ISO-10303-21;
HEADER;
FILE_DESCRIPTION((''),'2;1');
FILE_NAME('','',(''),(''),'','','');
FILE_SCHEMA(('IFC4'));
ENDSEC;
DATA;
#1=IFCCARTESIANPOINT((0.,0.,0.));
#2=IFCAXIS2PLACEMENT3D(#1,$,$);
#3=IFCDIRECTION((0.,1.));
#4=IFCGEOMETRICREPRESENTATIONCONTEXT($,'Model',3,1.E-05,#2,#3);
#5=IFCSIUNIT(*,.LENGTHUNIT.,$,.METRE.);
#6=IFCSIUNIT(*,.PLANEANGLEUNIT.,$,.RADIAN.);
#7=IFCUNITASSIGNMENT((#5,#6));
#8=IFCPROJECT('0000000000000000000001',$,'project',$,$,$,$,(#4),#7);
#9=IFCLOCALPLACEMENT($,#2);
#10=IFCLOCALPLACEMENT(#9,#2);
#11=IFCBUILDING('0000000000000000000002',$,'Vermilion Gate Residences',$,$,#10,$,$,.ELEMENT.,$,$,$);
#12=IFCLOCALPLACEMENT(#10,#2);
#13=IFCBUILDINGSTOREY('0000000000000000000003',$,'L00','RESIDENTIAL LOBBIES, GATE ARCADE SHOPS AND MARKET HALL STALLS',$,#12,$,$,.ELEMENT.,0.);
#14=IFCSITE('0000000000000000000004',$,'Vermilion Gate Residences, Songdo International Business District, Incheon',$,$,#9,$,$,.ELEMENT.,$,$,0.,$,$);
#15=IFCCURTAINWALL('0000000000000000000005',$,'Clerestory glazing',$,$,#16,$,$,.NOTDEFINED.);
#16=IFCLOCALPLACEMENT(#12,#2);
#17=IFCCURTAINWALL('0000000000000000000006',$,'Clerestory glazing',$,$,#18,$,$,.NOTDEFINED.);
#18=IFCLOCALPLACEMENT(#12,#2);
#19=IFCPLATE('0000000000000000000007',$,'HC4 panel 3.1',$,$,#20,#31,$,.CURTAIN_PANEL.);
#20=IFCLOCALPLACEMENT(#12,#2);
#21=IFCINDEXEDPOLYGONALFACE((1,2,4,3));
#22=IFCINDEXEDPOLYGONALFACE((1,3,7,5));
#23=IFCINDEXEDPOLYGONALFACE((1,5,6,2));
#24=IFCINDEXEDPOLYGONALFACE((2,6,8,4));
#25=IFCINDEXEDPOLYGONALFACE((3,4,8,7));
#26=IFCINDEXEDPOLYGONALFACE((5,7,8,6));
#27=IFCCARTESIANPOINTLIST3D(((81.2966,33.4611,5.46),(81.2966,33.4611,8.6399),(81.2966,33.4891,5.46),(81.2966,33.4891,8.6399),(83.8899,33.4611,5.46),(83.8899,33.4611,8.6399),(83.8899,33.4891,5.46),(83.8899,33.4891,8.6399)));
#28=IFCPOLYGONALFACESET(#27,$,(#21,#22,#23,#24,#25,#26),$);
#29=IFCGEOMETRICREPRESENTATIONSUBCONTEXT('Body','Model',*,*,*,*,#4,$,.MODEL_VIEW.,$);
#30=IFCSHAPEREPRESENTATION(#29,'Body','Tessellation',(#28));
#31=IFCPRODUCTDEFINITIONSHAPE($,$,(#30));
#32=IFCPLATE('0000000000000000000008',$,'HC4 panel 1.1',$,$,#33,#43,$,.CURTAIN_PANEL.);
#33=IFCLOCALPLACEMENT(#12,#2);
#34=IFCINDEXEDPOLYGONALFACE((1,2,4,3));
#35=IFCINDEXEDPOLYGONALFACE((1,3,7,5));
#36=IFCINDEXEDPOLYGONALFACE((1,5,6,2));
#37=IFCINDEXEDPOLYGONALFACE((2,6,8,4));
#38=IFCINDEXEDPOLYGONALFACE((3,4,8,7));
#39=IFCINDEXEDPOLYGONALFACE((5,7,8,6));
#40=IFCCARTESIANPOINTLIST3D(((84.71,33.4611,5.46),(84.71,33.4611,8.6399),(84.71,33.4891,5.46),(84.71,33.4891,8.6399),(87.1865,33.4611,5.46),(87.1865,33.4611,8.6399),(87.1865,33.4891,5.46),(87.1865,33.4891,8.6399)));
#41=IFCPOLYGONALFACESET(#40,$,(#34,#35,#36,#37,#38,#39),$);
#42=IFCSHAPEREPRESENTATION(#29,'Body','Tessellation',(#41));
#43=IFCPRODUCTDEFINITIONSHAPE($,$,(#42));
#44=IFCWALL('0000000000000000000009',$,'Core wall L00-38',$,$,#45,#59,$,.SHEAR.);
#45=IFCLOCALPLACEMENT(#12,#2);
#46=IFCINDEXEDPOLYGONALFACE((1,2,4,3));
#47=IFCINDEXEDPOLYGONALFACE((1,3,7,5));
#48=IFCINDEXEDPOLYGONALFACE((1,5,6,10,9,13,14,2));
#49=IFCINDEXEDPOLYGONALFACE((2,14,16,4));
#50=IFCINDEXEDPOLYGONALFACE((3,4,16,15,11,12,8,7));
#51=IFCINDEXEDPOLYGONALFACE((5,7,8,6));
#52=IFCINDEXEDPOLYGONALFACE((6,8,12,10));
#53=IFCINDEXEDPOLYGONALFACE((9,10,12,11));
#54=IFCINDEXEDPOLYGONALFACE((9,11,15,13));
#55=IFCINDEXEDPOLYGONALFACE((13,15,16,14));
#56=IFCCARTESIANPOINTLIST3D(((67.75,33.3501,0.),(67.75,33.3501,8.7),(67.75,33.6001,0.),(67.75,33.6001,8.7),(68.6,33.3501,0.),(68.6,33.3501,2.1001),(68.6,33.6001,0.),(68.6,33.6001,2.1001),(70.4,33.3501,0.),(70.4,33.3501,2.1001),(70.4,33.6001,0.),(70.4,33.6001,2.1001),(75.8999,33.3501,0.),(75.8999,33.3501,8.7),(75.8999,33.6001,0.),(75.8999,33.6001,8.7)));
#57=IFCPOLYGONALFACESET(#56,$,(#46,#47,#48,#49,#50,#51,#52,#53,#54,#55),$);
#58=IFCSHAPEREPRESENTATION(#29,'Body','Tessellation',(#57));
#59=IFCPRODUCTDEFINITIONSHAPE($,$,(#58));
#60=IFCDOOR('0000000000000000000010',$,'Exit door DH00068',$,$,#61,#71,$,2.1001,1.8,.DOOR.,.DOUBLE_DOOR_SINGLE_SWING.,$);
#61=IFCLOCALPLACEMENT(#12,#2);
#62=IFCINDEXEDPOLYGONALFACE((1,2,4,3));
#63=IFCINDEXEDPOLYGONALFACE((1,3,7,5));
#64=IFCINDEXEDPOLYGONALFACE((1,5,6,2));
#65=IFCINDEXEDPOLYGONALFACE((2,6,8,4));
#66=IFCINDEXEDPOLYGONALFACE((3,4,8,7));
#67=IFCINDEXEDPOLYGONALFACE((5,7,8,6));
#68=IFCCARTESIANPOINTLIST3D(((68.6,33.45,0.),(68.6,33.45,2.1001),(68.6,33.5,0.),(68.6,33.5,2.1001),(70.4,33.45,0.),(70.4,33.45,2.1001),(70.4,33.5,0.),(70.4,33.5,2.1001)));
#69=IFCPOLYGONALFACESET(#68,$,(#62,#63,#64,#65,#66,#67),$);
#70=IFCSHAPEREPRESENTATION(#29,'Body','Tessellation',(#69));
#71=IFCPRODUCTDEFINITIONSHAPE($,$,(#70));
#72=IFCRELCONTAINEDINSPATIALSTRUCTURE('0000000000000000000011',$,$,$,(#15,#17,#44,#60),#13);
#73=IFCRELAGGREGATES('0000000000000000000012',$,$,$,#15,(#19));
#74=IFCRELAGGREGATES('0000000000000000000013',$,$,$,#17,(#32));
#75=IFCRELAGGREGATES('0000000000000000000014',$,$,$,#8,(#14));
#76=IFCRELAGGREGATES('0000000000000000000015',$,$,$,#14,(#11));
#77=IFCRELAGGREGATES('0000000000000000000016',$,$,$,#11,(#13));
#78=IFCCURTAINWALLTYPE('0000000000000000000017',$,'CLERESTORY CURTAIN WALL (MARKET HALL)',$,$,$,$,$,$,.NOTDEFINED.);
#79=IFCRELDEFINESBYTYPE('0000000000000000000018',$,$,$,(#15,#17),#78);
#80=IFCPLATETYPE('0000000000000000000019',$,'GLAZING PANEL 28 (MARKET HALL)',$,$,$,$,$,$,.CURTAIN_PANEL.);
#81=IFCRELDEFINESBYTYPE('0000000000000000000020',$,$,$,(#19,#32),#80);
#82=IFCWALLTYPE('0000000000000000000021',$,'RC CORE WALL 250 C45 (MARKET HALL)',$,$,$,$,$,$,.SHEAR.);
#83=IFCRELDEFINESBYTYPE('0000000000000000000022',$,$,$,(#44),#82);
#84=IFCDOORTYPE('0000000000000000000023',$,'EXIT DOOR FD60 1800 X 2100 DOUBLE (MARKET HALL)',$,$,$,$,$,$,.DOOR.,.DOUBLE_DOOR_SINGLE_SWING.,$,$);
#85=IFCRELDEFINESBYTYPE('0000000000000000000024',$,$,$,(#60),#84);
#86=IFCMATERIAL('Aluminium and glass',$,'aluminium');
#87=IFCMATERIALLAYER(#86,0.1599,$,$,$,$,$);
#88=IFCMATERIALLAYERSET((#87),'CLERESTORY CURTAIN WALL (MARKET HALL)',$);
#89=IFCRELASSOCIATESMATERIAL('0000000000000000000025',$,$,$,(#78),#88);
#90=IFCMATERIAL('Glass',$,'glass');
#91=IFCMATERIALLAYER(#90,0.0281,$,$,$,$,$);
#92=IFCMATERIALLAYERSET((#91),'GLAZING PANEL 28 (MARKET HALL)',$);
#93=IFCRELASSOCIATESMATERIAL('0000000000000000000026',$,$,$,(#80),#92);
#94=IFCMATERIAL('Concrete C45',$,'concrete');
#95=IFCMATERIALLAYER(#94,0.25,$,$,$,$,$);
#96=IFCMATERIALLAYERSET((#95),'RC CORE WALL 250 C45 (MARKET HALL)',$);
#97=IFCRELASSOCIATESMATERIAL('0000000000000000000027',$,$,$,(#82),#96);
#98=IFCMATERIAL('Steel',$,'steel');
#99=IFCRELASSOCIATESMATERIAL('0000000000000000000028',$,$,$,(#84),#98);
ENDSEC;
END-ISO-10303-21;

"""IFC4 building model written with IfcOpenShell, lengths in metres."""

from ifc_helpers import new_model, si_unit, direction, frame, frame_2d, origin, origin_2d, place, context, subcontext, project, spatial, rectangle, extrude, material, layer, layer_set, type_object, element, fill, aggregate, save


model = new_model("IFC4")

# Units and contexts
model_context = context("Model", 3, precision=1e-05, world=origin(), true_north=direction((0.0, 1.0)))
body_context = subcontext(model_context, "Body", "Model", "MODEL_VIEW")
ifc_project = project(units=[si_unit("LENGTHUNIT", "METRE"), si_unit("PLANEANGLEUNIT", "RADIAN")], contexts=[model_context])

# Site, building, storey
site_placement = place(None, origin())
site = spatial("IfcSite", under=ifc_project, at=site_placement, Name="Vermilion Gate Residences, Songdo International Business District, Incheon", CompositionType="ELEMENT", RefElevation=0.0)
building_placement = place(site_placement, origin())
building = spatial("IfcBuilding", under=site, at=building_placement, Name="Vermilion Gate Residences", CompositionType="ELEMENT")
storey_placement = place(building_placement, origin())
storey = spatial("IfcBuildingStorey", under=building, at=storey_placement, Name="L00", Description="RESIDENTIAL LOBBIES, GATE ARCADE SHOPS AND MARKET HALL STALLS", CompositionType="ELEMENT", Elevation=0.0)

# Curtain wall
ifc_material_1 = material(Name="Aluminium and glass", Category="aluminium")
ifc_layer_1 = layer(ifc_material_1, 0.1599)
ifc_layer_set_1 = layer_set([ifc_layer_1], Name="CLERESTORY CURTAIN WALL (MARKET HALL)")
curtain_wall_type = type_object("IfcCurtainWallType", Name="CLERESTORY CURTAIN WALL (MARKET HALL)", PredefinedType="NOTDEFINED", material=ifc_layer_set_1)
curtain_wall_1_placement = place(storey_placement, origin())
curtain_wall_1 = element("IfcCurtainWall", 1, at=curtain_wall_1_placement, inside=storey, type_object=curtain_wall_type, Name="Clerestory glazing", PredefinedType="NOTDEFINED")

# Curtain wall
curtain_wall_2_placement = place(storey_placement, origin())
curtain_wall_2 = element("IfcCurtainWall", 2, at=curtain_wall_2_placement, inside=storey, type_object=curtain_wall_type, Name="Clerestory glazing", PredefinedType="NOTDEFINED")

# Plates
ifc_material_2 = material(Name="Glass", Category="glass")
ifc_layer_2 = layer(ifc_material_2, 0.0281)
ifc_layer_set_2 = layer_set([ifc_layer_2], Name="GLAZING PANEL 28 (MARKET HALL)")
plate_type = type_object("IfcPlateType", Name="GLAZING PANEL 28 (MARKET HALL)", PredefinedType="CURTAIN_PANEL", material=ifc_layer_set_2)
plate_1_placement = place(storey_placement, frame((82.5933, 33.4751, 5.46), z_axis=(0.0, 0.0, 1.0), x_axis=(1.0, 0.0, 0.0)))
plate_1 = element("IfcPlate", 3, at=plate_1_placement, type_object=plate_type, Name="HC4 panel 3.1", PredefinedType="CURTAIN_PANEL", context=body_context, shape_type="SweptSolid", body=[
    extrude(rectangle(XDim=2.5933, YDim=0.0281, at=origin_2d()), origin(), (0.0, 0.0, 1.0), 3.1799),
])
aggregate(curtain_wall_1, [plate_1])
plate_2_placement = place(storey_placement, frame((85.9482, 33.4751, 5.46), z_axis=(0.0, 0.0, 1.0), x_axis=(1.0, 0.0, 0.0)))
plate_2 = element("IfcPlate", 4, at=plate_2_placement, type_object=plate_type, Name="HC4 panel 1.1", PredefinedType="CURTAIN_PANEL", context=body_context, shape_type="SweptSolid", body=[
    extrude(rectangle(XDim=2.4766, YDim=0.0281, at=origin_2d()), origin(), (0.0, 0.0, 1.0), 3.1799),
])
aggregate(curtain_wall_2, [plate_2])

# Wall, opening, door
ifc_material_3 = material(Name="Concrete C45", Category="concrete")
ifc_layer_3 = layer(ifc_material_3, 0.25)
ifc_layer_set_3 = layer_set([ifc_layer_3], Name="RC CORE WALL 250 C45 (MARKET HALL)")
wall_type_1 = type_object("IfcWallType", Name="RC CORE WALL 250 C45 (MARKET HALL)", PredefinedType="SHEAR", material=ifc_layer_set_3)
wall_1_placement = place(storey_placement, frame((67.75, 33.4751, 0.0), z_axis=(0.0, 0.0, 1.0), x_axis=(1.0, 0.0, 0.0)))
wall_1 = element("IfcWall", 5, at=wall_1_placement, inside=storey, type_object=wall_type_1, Name="Core wall L00-38", PredefinedType="SHEAR", context=body_context, shape_type="SweptSolid", body=[
    extrude(rectangle(XDim=8.1499, YDim=0.25, at=frame_2d((4.075, 0.0))), origin(), (0.0, 0.0, 1.0), 8.7),
])
opening_1_placement = place(wall_1_placement, frame((0.8501, 0.0, 0.0)))
opening_1 = element("IfcOpeningElement", 6, at=opening_1_placement, cuts=wall_1, PredefinedType="OPENING", context=body_context, shape_type="SweptSolid", body=[
    extrude(rectangle(XDim=1.8, YDim=2.1001, at=frame_2d((0.8999, 1.05))), frame((0.0, 0.135, 0.0), z_axis=(0.0, -1.0, 0.0), x_axis=(1.0, 0.0, 0.0)), (0.0, 0.0, 1.0), 0.27),
])
ifc_material_4 = material(Name="Steel", Category="steel")
door_type_1 = type_object("IfcDoorType", Name="EXIT DOOR FD60 1800 X 2100 DOUBLE (MARKET HALL)", OperationType="DOUBLE_DOOR_SINGLE_SWING", PredefinedType="DOOR", material=ifc_material_4)
door_1_placement = place(opening_1_placement, origin())
door_1 = element("IfcDoor", 7, at=door_1_placement, inside=storey, type_object=door_type_1, Name="Exit door DH00068", OperationType="DOUBLE_DOOR_SINGLE_SWING", OverallHeight=2.1001, OverallWidth=1.8, PredefinedType="DOOR", context=body_context, shape_type="SweptSolid", body=[
    extrude(rectangle(XDim=1.8, YDim=2.1001, at=frame_2d((0.8999, 1.05))), frame((0.0, 0.0249, 0.0), z_axis=(0.0, -1.0, 0.0), x_axis=(1.0, 0.0, 0.0)), (0.0, 0.0, 1.0), 0.05),
])
fill(opening_1, door_1)

save(model, "model.ifc")
